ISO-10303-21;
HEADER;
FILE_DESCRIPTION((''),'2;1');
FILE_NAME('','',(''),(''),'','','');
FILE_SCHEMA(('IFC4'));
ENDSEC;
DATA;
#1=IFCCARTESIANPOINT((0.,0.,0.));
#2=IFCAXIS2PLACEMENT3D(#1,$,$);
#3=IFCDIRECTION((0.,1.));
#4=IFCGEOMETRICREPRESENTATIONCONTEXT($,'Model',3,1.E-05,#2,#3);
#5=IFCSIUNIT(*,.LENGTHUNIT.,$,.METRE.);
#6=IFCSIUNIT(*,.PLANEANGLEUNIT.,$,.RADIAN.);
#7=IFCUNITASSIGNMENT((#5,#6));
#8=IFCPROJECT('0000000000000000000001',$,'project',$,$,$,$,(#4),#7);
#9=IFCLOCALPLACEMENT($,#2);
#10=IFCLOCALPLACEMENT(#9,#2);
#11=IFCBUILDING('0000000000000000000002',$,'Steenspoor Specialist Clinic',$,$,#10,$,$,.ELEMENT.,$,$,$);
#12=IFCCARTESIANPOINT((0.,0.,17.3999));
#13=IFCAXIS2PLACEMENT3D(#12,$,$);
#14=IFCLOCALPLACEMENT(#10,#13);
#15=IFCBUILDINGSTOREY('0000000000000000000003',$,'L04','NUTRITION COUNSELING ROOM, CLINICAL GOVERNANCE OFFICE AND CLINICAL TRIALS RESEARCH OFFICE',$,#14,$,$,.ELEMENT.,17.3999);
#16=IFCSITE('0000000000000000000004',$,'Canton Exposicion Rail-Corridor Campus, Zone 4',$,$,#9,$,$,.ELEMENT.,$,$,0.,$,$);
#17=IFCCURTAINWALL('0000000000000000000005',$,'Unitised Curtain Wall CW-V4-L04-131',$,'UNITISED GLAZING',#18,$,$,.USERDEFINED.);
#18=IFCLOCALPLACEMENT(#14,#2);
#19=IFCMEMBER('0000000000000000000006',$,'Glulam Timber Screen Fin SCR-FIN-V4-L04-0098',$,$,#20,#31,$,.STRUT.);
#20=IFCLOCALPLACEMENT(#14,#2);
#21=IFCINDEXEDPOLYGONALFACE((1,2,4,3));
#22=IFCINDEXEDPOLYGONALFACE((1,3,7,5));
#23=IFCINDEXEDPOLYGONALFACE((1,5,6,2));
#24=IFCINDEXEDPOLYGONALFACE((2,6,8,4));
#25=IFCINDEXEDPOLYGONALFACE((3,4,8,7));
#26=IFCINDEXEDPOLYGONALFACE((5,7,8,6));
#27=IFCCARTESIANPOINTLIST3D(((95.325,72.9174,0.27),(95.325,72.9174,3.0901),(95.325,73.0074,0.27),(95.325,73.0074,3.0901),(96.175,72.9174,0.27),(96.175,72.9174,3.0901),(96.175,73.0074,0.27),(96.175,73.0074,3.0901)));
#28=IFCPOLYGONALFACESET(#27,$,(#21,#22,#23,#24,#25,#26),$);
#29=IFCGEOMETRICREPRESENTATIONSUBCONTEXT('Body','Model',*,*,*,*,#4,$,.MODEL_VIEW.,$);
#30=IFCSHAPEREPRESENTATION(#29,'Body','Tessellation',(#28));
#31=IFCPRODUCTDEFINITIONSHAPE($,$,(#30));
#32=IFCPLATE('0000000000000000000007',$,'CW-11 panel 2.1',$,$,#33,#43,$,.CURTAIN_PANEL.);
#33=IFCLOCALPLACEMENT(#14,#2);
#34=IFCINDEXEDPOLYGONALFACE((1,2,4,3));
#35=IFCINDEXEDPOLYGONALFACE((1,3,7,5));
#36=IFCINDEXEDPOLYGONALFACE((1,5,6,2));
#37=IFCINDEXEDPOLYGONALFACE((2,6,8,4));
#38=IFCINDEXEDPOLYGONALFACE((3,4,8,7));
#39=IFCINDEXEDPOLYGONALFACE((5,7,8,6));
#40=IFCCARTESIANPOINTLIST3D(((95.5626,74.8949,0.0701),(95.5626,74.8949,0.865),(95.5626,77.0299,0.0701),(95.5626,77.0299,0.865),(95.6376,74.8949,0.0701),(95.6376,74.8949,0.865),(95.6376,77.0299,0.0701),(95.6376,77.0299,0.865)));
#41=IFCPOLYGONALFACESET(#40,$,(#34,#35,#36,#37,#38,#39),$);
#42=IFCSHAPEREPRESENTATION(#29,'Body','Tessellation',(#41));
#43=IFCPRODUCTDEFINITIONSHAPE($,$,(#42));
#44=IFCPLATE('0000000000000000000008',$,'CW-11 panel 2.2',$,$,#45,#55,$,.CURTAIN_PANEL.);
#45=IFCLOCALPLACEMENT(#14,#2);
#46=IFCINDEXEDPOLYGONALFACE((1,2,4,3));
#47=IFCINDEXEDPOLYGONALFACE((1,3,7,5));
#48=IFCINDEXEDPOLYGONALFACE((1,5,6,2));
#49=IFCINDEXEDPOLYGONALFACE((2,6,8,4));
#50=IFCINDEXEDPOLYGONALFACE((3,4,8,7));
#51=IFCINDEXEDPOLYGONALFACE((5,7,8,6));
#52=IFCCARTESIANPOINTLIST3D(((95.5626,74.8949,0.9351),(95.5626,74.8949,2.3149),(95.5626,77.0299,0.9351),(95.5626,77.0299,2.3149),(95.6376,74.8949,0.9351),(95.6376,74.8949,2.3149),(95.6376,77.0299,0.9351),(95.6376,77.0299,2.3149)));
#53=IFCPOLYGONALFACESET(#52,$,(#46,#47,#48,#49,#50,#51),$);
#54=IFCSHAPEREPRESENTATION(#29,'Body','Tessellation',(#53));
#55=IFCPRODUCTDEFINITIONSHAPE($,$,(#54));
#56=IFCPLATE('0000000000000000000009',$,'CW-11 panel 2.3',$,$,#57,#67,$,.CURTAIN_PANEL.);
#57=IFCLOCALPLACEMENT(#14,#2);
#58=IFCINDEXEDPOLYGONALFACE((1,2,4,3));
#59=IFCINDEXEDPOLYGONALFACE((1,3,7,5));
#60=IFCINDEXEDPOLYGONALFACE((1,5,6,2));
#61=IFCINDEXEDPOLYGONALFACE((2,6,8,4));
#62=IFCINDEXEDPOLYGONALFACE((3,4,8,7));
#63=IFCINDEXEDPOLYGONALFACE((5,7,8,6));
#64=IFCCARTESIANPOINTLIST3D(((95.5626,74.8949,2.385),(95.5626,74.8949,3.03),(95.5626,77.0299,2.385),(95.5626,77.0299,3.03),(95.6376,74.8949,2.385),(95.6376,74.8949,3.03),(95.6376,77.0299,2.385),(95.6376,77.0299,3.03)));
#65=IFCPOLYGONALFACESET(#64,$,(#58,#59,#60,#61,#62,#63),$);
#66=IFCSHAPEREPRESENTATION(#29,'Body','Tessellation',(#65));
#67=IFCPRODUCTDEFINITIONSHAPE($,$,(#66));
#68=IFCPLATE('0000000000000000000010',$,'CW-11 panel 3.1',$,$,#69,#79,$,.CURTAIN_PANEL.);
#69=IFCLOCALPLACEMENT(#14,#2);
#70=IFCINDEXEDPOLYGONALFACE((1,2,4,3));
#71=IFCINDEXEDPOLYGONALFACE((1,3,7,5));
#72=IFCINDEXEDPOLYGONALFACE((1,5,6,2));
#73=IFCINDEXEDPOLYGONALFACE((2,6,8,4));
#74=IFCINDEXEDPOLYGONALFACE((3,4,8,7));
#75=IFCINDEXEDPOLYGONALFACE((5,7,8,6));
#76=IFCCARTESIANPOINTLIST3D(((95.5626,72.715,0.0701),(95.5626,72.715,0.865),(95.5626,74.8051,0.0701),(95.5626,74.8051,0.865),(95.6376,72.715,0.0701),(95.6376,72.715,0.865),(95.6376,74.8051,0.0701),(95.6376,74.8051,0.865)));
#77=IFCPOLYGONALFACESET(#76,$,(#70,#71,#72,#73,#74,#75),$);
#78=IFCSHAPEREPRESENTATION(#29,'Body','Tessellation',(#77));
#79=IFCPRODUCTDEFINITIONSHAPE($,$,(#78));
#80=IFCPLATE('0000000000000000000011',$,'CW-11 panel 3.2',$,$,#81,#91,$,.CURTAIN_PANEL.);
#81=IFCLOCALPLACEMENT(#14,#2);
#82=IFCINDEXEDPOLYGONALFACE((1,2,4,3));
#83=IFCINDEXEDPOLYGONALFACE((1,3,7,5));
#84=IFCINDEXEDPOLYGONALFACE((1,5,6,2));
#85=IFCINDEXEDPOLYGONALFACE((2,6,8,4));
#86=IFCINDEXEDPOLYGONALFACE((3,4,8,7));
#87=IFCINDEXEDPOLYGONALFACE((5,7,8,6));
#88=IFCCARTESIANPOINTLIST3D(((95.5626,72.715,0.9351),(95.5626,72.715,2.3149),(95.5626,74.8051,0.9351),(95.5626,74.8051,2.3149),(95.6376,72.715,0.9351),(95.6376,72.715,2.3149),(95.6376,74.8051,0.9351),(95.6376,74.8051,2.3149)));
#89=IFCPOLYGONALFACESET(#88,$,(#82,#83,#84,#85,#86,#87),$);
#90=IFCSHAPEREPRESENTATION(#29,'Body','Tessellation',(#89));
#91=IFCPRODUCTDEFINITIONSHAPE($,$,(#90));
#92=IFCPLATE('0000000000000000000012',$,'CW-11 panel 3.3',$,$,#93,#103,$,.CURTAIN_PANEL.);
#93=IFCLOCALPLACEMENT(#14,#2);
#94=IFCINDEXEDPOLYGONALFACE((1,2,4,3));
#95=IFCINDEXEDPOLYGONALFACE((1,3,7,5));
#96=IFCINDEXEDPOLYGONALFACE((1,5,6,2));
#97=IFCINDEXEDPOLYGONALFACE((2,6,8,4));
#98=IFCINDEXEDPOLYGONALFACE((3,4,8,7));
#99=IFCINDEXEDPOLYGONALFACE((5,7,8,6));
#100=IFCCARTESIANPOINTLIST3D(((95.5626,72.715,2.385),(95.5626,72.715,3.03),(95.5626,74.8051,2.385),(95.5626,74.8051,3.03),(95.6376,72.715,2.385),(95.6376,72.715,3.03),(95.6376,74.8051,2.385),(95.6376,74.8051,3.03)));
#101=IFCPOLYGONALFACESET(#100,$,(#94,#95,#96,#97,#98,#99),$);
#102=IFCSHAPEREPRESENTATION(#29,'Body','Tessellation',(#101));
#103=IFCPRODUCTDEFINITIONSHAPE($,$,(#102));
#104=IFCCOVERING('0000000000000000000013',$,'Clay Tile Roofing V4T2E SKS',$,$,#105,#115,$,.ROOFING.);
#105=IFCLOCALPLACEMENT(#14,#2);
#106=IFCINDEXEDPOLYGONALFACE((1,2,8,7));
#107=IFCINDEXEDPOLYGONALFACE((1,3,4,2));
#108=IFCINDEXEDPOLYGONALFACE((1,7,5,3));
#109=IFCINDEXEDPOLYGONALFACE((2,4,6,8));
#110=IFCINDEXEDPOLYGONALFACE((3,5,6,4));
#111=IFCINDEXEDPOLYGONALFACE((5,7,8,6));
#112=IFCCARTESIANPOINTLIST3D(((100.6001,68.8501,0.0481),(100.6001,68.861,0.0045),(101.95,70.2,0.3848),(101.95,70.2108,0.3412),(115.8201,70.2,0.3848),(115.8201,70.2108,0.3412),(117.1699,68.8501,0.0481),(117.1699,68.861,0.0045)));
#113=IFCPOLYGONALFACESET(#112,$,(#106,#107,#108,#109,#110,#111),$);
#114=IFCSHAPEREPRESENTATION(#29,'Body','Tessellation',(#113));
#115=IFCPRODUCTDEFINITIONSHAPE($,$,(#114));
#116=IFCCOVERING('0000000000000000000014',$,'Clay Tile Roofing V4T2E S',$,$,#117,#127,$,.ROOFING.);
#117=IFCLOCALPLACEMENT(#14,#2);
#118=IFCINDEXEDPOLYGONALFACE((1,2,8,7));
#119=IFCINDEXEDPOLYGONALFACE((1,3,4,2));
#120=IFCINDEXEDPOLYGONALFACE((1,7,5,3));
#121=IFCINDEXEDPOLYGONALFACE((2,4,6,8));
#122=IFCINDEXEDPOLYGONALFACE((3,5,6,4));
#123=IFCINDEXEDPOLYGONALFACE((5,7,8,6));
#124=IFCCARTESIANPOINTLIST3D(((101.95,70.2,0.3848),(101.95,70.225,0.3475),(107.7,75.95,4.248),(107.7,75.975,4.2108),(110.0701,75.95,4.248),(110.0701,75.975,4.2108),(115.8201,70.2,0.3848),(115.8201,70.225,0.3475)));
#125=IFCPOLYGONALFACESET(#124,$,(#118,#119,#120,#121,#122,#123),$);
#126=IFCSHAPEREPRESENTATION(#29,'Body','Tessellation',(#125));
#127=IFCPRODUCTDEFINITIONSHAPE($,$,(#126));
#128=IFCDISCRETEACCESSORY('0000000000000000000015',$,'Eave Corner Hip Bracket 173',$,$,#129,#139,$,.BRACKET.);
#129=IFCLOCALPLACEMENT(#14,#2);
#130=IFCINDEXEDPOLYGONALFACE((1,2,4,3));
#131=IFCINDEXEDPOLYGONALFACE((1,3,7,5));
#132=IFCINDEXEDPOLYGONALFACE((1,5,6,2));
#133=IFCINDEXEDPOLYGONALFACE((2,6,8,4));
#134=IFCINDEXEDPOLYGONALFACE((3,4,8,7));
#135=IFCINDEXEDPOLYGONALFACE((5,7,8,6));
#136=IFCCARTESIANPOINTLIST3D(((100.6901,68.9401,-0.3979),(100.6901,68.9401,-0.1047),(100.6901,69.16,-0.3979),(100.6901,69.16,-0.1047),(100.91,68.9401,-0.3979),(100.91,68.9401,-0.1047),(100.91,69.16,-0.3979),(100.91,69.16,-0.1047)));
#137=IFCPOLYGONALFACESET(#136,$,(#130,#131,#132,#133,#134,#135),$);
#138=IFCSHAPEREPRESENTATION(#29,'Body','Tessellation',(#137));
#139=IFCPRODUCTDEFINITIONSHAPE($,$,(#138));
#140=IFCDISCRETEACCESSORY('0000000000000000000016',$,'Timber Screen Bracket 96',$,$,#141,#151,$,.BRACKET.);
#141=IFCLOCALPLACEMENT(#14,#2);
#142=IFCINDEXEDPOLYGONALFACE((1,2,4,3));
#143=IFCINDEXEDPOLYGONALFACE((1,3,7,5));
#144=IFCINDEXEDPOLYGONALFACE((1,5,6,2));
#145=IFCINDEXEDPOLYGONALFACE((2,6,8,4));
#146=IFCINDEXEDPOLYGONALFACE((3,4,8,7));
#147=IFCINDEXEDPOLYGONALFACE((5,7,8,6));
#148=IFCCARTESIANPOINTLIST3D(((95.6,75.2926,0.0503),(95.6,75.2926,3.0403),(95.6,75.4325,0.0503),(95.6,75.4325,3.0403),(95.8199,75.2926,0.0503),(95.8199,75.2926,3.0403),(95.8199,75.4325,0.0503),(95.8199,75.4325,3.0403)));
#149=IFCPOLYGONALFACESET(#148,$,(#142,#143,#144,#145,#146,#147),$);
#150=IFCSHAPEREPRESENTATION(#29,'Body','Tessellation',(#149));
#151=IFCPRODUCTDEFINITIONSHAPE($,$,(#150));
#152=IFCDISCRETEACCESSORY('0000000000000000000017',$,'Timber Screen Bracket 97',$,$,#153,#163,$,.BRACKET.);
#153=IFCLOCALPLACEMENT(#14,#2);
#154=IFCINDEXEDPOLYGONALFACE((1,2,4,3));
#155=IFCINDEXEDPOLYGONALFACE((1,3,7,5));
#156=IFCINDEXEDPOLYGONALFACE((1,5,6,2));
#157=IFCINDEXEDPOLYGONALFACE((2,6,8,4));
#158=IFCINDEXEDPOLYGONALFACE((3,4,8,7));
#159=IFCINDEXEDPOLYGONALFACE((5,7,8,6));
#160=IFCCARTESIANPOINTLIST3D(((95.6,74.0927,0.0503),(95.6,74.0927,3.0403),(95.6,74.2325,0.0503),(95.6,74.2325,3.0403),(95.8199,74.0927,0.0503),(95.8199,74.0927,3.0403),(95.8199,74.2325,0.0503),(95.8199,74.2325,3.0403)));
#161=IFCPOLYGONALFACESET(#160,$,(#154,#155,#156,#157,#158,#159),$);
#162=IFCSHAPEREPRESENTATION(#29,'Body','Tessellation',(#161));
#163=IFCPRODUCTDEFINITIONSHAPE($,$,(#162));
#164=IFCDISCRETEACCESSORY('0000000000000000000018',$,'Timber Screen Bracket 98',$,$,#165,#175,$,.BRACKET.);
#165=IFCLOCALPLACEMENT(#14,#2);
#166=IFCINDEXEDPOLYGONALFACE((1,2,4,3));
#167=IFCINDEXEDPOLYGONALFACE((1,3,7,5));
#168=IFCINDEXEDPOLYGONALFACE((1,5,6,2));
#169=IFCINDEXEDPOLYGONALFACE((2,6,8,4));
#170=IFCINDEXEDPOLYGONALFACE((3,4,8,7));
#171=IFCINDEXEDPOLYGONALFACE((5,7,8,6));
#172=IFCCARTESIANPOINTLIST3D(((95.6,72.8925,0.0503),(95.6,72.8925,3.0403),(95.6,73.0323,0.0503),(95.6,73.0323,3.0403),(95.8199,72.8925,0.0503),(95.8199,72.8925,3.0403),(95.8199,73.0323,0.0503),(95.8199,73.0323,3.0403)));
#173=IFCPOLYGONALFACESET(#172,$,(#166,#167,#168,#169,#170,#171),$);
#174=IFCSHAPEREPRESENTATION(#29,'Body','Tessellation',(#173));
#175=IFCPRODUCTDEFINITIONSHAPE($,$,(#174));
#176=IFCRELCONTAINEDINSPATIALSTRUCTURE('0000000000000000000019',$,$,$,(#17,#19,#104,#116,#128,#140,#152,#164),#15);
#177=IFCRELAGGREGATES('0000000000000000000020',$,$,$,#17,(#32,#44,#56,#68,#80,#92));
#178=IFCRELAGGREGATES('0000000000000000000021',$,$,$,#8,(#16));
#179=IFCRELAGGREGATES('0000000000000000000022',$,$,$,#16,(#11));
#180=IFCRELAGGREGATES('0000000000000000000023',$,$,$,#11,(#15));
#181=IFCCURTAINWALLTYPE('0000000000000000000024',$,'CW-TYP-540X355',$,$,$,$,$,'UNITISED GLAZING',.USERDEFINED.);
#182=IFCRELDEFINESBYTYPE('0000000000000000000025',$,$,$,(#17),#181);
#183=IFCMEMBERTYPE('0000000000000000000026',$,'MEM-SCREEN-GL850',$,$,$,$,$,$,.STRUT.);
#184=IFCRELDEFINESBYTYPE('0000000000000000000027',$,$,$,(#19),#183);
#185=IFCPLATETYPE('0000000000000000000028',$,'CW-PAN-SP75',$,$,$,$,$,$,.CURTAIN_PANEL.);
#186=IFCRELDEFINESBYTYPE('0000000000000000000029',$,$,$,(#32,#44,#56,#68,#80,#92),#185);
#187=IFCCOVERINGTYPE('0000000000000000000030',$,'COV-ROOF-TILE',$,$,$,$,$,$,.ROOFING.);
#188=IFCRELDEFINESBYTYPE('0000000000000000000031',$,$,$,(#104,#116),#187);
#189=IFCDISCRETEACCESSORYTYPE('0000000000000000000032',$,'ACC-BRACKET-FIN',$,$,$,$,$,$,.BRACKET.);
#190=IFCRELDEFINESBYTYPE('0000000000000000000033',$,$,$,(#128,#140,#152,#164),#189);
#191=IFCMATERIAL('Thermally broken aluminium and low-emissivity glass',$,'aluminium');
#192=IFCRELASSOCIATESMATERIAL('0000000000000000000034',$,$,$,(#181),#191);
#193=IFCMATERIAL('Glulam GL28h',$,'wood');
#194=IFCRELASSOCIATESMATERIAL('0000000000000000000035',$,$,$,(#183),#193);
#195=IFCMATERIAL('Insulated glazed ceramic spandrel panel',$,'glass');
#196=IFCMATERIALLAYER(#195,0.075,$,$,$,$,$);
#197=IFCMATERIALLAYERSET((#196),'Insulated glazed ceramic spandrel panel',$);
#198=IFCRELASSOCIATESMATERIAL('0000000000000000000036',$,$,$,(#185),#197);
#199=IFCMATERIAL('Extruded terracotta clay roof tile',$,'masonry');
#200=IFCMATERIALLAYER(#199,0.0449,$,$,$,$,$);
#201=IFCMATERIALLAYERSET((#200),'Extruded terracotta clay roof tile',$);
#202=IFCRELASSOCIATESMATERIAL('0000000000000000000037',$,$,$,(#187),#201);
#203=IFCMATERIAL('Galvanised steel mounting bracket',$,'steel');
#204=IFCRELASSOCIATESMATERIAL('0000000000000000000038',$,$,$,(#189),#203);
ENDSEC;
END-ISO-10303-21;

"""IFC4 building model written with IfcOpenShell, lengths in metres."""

from ifc_helpers import new_model, si_unit, direction, frame, origin, origin_2d, place, context, subcontext, project, spatial, polyline, rectangle, outline, extrude, material, layer, layer_set, material_profile, profile_set, type_object, element, aggregate, save


model = new_model("IFC4")

# Units and contexts
model_context = context("Model", 3, precision=1e-05, world=origin(), true_north=direction((0.0, 1.0)))
body_context = subcontext(model_context, "Body", "Model", "MODEL_VIEW")
ifc_project = project(units=[si_unit("LENGTHUNIT", "METRE"), si_unit("PLANEANGLEUNIT", "RADIAN")], contexts=[model_context])

# Site, building, storey
site_placement = place(None, origin())
site = spatial("IfcSite", under=ifc_project, at=site_placement, Name="Canton Exposicion Rail-Corridor Campus, Zone 4", CompositionType="ELEMENT", RefElevation=0.0)
building_placement = place(site_placement, origin())
building = spatial("IfcBuilding", under=site, at=building_placement, Name="Steenspoor Specialist Clinic", CompositionType="ELEMENT")
storey_placement = place(building_placement, frame((0.0, 0.0, 17.3999)))
storey = spatial("IfcBuildingStorey", under=building, at=storey_placement, Name="L04", Description="NUTRITION COUNSELING ROOM, CLINICAL GOVERNANCE OFFICE AND CLINICAL TRIALS RESEARCH OFFICE", CompositionType="ELEMENT", Elevation=17.3999)

# Curtain wall
ifc_material_1 = material(Name="Thermally broken aluminium and low-emissivity glass", Category="aluminium")
curtain_wall_type = type_object("IfcCurtainWallType", Name="CW-TYP-540X355", ElementType="UNITISED GLAZING", PredefinedType="USERDEFINED", material=ifc_material_1)
curtain_wall_placement = place(storey_placement, origin())
curtain_wall = element("IfcCurtainWall", 1, at=curtain_wall_placement, inside=storey, type_object=curtain_wall_type, Name="Unitised Curtain Wall CW-V4-L04-131", ObjectType="UNITISED GLAZING", PredefinedType="USERDEFINED")

# Member
ifc_material_2 = material(Name="Glulam GL28h", Category="wood")
ifc_material_profile_1 = material_profile(ifc_material_2, rectangle(XDim=0.0901, YDim=0.8501, at=origin_2d()), Name="GL28H-90X850")
ifc_profile_set_1 = profile_set([ifc_material_profile_1], Name="Glulam GL28h")
member_type_1 = type_object("IfcMemberType", Name="MEM-SCREEN-GL850", PredefinedType="STRUT", material=ifc_profile_set_1)
for number, where, z_axis, x_axis, name in (
    (2, (95.75, 72.9624, 0.27), (0.0, 0.0, 1.0), (0.0, -1.0, 0.0), "Glulam Timber Screen Fin SCR-FIN-V4-L04-0098"),
):
    element("IfcMember", number, at=place(storey_placement, frame(where, z_axis=z_axis, x_axis=x_axis)), inside=storey, type_object=member_type_1, Name=name, PredefinedType="STRUT", context=body_context, shape_type="SweptSolid", body=[
        extrude(rectangle(XDim=0.0901, YDim=0.8501, at=origin_2d()), origin(), (0.0, 0.0, 1.0), 2.8201),
    ])

# Plates
ifc_material_3 = material(Name="Insulated glazed ceramic spandrel panel", Category="glass")
ifc_layer_1 = layer(ifc_material_3, 0.075)
ifc_layer_set_1 = layer_set([ifc_layer_1], Name="Insulated glazed ceramic spandrel panel")
plate_type = type_object("IfcPlateType", Name="CW-PAN-SP75", PredefinedType="CURTAIN_PANEL", material=ifc_layer_set_1)
plate_1_placement = place(storey_placement, frame((95.6001, 75.9624, 0.0701), z_axis=(0.0, 0.0, 1.0), x_axis=(0.0, -1.0, 0.0)))
plate_1 = element("IfcPlate", 3, at=plate_1_placement, type_object=plate_type, Name="CW-11 panel 2.1", PredefinedType="CURTAIN_PANEL", context=body_context, shape_type="SweptSolid", body=[
    extrude(rectangle(XDim=2.135, YDim=0.075, at=origin_2d()), origin(), (0.0, 0.0, 1.0), 0.7949),
])
plate_2_placement = place(storey_placement, frame((95.6001, 75.9624, 0.9351), z_axis=(0.0, 0.0, 1.0), x_axis=(0.0, -1.0, 0.0)))
plate_2 = element("IfcPlate", 4, at=plate_2_placement, type_object=plate_type, Name="CW-11 panel 2.2", PredefinedType="CURTAIN_PANEL", context=body_context, shape_type="SweptSolid", body=[
    extrude(rectangle(XDim=2.135, YDim=0.075, at=origin_2d()), origin(), (0.0, 0.0, 1.0), 1.3799),
])
plate_3_placement = place(storey_placement, frame((95.6001, 75.9624, 2.385), z_axis=(0.0, 0.0, 1.0), x_axis=(0.0, -1.0, 0.0)))
plate_3 = element("IfcPlate", 5, at=plate_3_placement, type_object=plate_type, Name="CW-11 panel 2.3", PredefinedType="CURTAIN_PANEL", context=body_context, shape_type="SweptSolid", body=[
    extrude(rectangle(XDim=2.135, YDim=0.075, at=origin_2d()), origin(), (0.0, 0.0, 1.0), 0.645),
])
plate_4_placement = place(storey_placement, frame((95.6001, 73.76, 0.0701), z_axis=(0.0, 0.0, 1.0), x_axis=(0.0, -1.0, 0.0)))
plate_4 = element("IfcPlate", 6, at=plate_4_placement, type_object=plate_type, Name="CW-11 panel 3.1", PredefinedType="CURTAIN_PANEL", context=body_context, shape_type="SweptSolid", body=[
    extrude(rectangle(XDim=2.0901, YDim=0.075, at=origin_2d()), origin(), (0.0, 0.0, 1.0), 0.7949),
])
plate_5_placement = place(storey_placement, frame((95.6001, 73.76, 0.9351), z_axis=(0.0, 0.0, 1.0), x_axis=(0.0, -1.0, 0.0)))
plate_5 = element("IfcPlate", 7, at=plate_5_placement, type_object=plate_type, Name="CW-11 panel 3.2", PredefinedType="CURTAIN_PANEL", context=body_context, shape_type="SweptSolid", body=[
    extrude(rectangle(XDim=2.0901, YDim=0.075, at=origin_2d()), origin(), (0.0, 0.0, 1.0), 1.3799),
])
plate_6_placement = place(storey_placement, frame((95.6001, 73.76, 2.385), z_axis=(0.0, 0.0, 1.0), x_axis=(0.0, -1.0, 0.0)))
plate_6 = element("IfcPlate", 8, at=plate_6_placement, type_object=plate_type, Name="CW-11 panel 3.3", PredefinedType="CURTAIN_PANEL", context=body_context, shape_type="SweptSolid", body=[
    extrude(rectangle(XDim=2.0901, YDim=0.075, at=origin_2d()), origin(), (0.0, 0.0, 1.0), 0.645),
])
aggregate(curtain_wall, [plate_1, plate_2, plate_3, plate_4, plate_5, plate_6])

# Coverings
ifc_material_4 = material(Name="Extruded terracotta clay roof tile", Category="masonry")
ifc_layer_2 = layer(ifc_material_4, 0.0449)
ifc_layer_set_2 = layer_set([ifc_layer_2], Name="Extruded terracotta clay roof tile")
covering_type = type_object("IfcCoveringType", Name="COV-ROOF-TILE", PredefinedType="ROOFING", material=ifc_layer_set_2)
covering_1_placement = place(storey_placement, frame((100.6001, 68.8501, 0.0481), z_axis=(0.0, -0.241999, 0.970277), x_axis=(1.0, 0.0, 0.0)))
element("IfcCovering", 9, at=covering_1_placement, inside=storey, type_object=covering_type, Name="Clay Tile Roofing V4T2E SKS", PredefinedType="ROOFING", context=body_context, shape_type="SweptSolid", body=[
    extrude(outline(polyline([(0.0, 0.0), (16.5698, 0.0), (15.22, 1.3912), (1.3499, 1.3912), (0.0, 0.0)])), origin(), (0.0, 0.0, -1.0), 0.0449),
])
covering_2_placement = place(storey_placement, frame((101.95, 70.2, 0.3848), z_axis=(0.0, -0.55769, 0.83005), x_axis=(1.0, 0.0, 0.0)))
element("IfcCovering", 10, at=covering_2_placement, inside=storey, type_object=covering_type, Name="Clay Tile Roofing V4T2E S", PredefinedType="ROOFING", context=body_context, shape_type="SweptSolid", body=[
    extrude(outline(polyline([(0.0, 0.0), (13.8701, 0.0), (8.1201, 6.9273), (5.75, 6.9273), (0.0, 0.0)])), origin(), (0.0, 0.0, -1.0), 0.0449),
])

# Discrete accessories
ifc_material_5 = material(Name="Galvanised steel mounting bracket", Category="steel")
discrete_accessory_type = type_object("IfcDiscreteAccessoryType", Name="ACC-BRACKET-FIN", PredefinedType="BRACKET", material=ifc_material_5)
discrete_accessory_placement = place(storey_placement, frame((100.8, 69.05, -0.3979), z_axis=(0.0, 0.0, 1.0), x_axis=(1.0, 0.0, 0.0)))
element("IfcDiscreteAccessory", 11, at=discrete_accessory_placement, inside=storey, type_object=discrete_accessory_type, Name="Eave Corner Hip Bracket 173", PredefinedType="BRACKET", context=body_context, shape_type="SweptSolid", body=[
    extrude(rectangle(XDim=0.22, YDim=0.22, at=origin_2d()), origin(), (0.0, 0.0, 1.0), 0.2932),
])
for number, where, z_axis, x_axis, name in (
    (12, (95.71, 75.3625, 0.0503), (0.0, 0.0, 1.0), (1.0, 0.0, 0.0), "Timber Screen Bracket 96"),
    (13, (95.71, 74.1626, 0.0503), (0.0, 0.0, 1.0), (1.0, 0.0, 0.0), "Timber Screen Bracket 97"),
    (14, (95.71, 72.9624, 0.0503), (0.0, 0.0, 1.0), (1.0, 0.0, 0.0), "Timber Screen Bracket 98"),
):
    element("IfcDiscreteAccessory", number, at=place(storey_placement, frame(where, z_axis=z_axis, x_axis=x_axis)), inside=storey, type_object=discrete_accessory_type, Name=name, PredefinedType="BRACKET", context=body_context, shape_type="SweptSolid", body=[
        extrude(rectangle(XDim=0.22, YDim=0.1399, at=origin_2d()), origin(), (0.0, 0.0, 1.0), 2.99),
    ])

save(model, "model.ifc")
